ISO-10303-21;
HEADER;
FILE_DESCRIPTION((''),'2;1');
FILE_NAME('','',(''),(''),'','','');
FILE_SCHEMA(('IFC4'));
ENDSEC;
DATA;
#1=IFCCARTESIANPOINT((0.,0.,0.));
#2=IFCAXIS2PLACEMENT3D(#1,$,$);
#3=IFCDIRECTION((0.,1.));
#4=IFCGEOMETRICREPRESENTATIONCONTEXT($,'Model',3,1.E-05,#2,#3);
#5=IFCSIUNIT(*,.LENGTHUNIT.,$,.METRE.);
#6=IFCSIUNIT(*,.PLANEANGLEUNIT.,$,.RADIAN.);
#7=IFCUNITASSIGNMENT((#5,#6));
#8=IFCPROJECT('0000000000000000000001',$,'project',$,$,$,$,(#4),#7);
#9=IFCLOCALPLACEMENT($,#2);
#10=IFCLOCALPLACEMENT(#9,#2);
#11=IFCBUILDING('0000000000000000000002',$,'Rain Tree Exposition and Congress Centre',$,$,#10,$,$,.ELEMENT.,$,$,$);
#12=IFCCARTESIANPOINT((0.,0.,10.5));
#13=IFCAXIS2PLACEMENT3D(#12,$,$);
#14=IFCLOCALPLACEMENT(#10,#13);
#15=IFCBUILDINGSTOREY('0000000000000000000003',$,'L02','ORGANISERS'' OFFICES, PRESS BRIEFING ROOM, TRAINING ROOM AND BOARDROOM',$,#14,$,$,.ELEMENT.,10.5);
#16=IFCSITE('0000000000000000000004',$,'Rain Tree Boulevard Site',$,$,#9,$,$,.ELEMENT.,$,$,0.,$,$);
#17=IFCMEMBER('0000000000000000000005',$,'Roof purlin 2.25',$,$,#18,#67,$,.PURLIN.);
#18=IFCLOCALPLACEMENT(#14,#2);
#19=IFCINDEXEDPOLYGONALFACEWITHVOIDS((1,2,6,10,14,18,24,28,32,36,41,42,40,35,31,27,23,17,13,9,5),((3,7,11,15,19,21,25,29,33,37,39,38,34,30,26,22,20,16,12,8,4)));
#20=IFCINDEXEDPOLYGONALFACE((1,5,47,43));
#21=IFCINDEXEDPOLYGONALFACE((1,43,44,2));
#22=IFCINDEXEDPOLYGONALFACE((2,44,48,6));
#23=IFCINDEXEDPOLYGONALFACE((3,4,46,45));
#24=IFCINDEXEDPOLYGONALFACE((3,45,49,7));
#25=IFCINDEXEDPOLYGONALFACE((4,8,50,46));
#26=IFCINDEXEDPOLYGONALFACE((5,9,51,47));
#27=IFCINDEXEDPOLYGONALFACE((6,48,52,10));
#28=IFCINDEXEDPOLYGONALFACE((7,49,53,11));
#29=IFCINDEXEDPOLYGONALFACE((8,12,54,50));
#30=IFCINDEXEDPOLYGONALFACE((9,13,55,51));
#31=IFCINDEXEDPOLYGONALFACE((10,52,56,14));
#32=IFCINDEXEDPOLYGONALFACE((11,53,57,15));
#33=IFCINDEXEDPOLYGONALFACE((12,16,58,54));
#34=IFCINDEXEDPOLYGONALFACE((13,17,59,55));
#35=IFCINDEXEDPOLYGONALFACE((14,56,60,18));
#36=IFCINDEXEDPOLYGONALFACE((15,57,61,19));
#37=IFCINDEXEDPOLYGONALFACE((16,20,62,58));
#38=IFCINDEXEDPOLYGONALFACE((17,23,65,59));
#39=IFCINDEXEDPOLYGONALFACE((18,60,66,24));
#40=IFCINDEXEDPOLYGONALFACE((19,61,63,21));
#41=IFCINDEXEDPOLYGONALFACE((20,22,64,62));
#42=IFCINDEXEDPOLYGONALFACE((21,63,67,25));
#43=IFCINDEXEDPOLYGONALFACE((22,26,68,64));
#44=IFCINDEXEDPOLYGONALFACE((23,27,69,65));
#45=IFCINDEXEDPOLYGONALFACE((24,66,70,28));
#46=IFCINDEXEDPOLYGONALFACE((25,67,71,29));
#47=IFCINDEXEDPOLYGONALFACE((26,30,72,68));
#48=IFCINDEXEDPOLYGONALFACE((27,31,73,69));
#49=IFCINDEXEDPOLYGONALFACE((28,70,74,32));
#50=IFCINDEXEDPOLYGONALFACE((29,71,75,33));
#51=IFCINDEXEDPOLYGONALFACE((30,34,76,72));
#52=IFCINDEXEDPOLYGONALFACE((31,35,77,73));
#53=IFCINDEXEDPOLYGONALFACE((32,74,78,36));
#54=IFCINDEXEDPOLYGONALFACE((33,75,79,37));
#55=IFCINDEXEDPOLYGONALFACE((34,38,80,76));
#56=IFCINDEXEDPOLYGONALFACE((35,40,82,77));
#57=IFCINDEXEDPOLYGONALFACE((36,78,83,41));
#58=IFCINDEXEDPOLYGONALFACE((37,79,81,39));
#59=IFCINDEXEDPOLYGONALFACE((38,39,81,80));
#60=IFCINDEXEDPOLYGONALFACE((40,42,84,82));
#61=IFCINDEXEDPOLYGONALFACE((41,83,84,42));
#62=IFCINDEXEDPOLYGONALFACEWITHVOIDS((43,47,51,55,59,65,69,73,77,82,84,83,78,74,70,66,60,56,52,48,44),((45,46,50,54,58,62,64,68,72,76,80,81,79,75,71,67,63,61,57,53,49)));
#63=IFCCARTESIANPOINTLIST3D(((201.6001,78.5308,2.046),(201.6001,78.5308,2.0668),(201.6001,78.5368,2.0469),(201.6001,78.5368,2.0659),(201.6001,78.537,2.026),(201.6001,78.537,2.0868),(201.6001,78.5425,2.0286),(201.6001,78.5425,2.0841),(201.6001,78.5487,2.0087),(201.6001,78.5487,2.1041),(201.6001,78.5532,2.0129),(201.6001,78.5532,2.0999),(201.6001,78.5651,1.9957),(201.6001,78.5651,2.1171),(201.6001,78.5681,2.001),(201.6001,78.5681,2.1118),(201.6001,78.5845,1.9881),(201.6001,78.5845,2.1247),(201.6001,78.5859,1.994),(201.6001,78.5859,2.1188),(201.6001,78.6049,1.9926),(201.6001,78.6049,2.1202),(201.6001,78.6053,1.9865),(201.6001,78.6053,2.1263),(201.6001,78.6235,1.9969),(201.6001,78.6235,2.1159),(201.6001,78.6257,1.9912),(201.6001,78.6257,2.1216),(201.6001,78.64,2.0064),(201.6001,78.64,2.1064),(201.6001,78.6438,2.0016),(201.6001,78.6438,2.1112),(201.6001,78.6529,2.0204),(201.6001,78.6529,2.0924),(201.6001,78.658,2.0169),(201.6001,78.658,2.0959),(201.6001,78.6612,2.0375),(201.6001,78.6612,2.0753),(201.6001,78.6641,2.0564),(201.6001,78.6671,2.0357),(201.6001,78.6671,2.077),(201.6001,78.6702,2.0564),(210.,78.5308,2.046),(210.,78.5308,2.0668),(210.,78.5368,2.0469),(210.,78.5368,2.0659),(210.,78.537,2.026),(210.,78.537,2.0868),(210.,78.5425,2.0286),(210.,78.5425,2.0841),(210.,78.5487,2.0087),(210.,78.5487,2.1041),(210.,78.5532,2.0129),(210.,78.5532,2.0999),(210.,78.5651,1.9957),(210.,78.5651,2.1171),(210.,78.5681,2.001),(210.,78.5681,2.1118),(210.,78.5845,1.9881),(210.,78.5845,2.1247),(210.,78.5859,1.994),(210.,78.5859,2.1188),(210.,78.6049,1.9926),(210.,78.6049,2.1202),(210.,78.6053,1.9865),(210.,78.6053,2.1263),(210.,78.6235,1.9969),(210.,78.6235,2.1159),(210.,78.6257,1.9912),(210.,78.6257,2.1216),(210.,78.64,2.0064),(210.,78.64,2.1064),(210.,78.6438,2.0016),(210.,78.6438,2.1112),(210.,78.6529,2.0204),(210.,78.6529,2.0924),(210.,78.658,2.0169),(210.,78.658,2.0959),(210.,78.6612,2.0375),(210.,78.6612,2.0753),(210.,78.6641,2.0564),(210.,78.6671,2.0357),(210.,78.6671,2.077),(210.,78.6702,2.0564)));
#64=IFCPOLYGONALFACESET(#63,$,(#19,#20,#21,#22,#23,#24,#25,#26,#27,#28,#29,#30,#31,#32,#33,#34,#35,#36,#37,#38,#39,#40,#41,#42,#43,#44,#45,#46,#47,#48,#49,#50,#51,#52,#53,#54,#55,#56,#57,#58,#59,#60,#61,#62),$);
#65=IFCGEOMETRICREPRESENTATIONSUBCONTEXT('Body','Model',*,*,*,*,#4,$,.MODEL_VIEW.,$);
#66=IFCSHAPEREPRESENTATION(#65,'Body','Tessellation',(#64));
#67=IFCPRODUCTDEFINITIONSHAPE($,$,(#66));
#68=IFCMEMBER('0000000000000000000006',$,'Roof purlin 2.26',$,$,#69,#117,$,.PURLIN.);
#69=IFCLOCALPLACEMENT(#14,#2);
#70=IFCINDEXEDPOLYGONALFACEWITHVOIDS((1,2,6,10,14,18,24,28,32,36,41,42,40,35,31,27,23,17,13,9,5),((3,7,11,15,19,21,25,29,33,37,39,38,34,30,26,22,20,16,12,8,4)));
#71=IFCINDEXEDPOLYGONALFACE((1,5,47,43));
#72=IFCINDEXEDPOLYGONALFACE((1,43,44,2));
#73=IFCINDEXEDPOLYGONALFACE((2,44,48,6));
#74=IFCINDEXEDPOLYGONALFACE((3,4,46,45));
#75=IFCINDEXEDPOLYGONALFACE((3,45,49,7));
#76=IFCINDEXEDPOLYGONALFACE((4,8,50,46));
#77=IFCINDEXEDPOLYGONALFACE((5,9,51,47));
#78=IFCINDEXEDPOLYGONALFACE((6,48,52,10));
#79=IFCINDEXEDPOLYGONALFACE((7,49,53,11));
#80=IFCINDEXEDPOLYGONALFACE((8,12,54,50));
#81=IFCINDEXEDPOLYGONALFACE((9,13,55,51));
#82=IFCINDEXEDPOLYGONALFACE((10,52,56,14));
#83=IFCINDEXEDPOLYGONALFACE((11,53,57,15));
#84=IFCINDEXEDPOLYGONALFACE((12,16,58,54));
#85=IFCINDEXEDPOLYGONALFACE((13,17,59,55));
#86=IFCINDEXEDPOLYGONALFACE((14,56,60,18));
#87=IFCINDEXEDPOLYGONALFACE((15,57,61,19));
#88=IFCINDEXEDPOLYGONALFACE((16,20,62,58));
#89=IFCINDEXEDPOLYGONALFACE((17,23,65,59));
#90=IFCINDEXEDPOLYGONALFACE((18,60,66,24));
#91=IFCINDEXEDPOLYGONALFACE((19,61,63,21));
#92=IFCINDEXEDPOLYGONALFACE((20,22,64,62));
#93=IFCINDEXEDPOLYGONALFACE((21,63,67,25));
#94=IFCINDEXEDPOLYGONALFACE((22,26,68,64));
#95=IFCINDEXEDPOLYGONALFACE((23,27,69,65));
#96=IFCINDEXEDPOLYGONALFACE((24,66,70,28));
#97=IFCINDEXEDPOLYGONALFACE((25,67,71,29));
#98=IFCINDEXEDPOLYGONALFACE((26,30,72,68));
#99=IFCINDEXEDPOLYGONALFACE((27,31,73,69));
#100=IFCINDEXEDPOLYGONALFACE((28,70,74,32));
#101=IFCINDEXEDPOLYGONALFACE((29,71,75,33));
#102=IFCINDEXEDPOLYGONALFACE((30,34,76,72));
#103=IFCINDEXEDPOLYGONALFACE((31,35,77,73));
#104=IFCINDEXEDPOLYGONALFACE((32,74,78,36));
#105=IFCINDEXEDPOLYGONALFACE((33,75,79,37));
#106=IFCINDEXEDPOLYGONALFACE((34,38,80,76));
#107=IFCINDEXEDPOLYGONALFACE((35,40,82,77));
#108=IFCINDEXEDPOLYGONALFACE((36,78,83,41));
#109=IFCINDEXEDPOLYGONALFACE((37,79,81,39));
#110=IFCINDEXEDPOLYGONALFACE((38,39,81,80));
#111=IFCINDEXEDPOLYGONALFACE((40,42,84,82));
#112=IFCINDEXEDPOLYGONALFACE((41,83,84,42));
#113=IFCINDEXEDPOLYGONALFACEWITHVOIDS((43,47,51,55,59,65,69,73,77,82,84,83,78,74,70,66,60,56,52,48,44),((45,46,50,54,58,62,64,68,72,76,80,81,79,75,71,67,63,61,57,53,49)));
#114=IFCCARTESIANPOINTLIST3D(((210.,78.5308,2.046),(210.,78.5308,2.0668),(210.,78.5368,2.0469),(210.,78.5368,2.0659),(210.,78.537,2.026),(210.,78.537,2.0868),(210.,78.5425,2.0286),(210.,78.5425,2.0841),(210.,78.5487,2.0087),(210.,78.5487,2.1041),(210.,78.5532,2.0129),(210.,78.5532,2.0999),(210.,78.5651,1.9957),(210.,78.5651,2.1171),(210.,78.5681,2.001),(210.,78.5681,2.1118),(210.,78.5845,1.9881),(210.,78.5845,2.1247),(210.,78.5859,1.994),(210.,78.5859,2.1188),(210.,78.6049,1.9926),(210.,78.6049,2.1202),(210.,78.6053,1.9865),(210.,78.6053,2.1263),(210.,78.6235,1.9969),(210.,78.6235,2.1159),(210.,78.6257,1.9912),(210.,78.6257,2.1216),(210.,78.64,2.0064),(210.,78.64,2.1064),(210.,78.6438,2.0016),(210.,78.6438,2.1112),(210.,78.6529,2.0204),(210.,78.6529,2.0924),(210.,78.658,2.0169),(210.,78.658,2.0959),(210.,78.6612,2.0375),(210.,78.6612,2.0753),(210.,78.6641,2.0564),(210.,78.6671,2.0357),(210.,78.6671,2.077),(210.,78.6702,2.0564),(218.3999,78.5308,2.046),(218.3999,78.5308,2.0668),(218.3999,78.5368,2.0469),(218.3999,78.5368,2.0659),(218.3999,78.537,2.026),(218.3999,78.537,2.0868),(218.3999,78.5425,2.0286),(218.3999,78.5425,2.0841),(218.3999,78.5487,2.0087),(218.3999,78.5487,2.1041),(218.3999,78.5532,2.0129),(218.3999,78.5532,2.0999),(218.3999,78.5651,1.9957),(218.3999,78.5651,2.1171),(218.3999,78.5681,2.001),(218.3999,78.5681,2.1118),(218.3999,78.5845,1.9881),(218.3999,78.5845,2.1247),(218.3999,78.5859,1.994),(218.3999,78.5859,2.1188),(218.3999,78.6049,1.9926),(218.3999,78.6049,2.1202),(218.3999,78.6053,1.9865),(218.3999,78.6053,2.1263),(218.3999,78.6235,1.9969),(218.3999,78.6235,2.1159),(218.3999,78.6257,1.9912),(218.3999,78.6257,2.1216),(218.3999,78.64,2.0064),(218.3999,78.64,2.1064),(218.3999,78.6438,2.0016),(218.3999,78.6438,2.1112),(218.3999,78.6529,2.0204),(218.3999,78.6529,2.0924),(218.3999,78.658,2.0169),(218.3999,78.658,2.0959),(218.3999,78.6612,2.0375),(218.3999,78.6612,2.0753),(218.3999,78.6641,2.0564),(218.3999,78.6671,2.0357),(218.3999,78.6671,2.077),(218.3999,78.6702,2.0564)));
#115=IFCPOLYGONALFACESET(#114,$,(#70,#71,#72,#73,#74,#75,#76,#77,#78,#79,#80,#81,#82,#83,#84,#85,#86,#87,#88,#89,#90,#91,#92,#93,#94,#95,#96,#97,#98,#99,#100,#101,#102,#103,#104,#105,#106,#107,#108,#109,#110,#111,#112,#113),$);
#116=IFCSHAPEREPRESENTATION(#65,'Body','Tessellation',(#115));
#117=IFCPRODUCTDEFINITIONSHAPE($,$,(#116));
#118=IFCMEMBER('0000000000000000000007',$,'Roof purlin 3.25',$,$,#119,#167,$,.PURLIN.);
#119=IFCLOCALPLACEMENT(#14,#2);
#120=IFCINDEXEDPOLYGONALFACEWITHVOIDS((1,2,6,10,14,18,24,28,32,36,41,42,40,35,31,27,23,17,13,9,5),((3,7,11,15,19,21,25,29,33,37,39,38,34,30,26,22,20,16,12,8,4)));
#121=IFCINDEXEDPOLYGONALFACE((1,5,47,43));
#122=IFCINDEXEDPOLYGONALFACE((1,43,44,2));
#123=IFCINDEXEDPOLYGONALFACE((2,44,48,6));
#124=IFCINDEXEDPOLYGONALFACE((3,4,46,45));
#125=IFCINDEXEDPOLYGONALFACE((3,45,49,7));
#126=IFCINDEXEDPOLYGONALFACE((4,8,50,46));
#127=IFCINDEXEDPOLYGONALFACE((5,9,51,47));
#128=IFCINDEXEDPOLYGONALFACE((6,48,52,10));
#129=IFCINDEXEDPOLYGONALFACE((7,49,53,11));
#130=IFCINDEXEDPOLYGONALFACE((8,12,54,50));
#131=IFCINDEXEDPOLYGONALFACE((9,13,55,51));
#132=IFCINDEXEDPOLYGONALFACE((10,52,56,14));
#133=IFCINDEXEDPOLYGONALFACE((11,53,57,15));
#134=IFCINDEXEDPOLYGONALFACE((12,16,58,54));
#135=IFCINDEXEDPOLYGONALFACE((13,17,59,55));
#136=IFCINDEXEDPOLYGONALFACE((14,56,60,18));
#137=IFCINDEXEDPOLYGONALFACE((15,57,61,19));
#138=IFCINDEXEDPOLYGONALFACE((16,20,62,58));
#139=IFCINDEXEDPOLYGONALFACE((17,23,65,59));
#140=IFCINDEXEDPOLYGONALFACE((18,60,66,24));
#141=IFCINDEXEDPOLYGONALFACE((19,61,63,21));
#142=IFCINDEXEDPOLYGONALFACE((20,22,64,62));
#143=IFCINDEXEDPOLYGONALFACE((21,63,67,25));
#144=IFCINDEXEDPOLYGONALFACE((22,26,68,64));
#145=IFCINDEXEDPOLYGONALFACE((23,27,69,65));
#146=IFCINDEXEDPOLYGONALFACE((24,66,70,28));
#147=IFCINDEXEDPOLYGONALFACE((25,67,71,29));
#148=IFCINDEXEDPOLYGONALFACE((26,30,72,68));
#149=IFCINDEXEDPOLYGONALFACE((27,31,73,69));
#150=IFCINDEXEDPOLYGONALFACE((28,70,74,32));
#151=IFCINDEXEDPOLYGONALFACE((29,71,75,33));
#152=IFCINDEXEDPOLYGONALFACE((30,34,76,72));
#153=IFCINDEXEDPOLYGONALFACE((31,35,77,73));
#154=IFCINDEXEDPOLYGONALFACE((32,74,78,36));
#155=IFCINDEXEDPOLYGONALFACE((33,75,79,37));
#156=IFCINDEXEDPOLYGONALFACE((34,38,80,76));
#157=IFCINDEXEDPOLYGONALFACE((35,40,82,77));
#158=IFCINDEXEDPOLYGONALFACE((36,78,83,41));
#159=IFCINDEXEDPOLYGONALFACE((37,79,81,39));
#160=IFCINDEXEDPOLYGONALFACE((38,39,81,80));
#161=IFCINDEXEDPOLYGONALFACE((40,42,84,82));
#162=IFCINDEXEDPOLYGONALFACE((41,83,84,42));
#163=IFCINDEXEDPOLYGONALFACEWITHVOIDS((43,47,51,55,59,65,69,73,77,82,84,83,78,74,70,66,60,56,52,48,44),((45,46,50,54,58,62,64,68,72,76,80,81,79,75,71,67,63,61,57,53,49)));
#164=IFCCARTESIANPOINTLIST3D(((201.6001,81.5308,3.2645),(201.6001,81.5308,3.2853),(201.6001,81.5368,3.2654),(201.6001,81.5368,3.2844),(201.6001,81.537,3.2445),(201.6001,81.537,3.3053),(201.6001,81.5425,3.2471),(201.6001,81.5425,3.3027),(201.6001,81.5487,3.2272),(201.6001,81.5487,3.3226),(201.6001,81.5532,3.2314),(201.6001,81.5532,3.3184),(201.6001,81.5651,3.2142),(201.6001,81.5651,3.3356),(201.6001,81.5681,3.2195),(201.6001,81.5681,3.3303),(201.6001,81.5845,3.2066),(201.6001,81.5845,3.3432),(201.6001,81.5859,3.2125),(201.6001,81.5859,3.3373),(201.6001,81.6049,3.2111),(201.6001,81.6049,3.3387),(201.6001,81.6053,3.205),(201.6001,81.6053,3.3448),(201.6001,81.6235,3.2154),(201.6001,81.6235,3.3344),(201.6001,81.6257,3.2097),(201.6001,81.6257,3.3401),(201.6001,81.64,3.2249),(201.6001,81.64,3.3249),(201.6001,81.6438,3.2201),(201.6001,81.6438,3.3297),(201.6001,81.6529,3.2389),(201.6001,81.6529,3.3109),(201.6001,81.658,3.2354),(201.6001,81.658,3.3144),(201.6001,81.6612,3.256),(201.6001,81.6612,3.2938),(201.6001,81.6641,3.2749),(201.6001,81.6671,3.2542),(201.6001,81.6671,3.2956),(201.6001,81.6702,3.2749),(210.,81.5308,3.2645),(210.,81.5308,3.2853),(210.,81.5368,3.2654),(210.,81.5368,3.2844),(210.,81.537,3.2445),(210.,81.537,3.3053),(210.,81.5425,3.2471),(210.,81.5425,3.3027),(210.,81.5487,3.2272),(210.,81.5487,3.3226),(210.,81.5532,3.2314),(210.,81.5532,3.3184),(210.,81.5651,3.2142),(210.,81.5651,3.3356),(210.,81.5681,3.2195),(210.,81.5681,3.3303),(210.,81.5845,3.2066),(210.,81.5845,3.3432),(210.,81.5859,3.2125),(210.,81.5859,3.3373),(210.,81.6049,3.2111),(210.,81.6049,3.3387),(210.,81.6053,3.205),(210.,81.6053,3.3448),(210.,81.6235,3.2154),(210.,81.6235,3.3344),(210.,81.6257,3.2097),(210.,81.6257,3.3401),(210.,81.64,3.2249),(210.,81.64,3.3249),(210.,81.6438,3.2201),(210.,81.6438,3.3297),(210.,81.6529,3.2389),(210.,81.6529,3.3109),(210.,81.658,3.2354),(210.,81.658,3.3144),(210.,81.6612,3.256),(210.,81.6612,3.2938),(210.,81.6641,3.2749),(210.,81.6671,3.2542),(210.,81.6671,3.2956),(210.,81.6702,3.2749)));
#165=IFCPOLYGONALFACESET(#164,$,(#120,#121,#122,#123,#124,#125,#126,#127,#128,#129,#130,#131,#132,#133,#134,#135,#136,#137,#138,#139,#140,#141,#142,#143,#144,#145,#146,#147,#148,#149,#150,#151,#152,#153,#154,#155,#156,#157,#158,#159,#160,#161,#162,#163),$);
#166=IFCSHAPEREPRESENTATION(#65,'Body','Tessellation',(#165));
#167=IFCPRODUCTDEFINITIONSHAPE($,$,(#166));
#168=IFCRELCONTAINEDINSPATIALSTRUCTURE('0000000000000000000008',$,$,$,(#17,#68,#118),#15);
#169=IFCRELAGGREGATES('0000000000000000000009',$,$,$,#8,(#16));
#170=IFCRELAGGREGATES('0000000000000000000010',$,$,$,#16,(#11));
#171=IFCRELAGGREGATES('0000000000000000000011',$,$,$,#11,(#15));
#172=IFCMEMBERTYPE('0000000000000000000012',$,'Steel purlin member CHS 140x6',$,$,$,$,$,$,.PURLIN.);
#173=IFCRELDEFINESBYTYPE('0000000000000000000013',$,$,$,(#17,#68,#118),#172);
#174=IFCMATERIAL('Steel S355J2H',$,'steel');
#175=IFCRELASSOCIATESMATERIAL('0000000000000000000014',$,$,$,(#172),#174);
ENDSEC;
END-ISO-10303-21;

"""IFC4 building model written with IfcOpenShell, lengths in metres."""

from ifc_helpers import new_model, si_unit, direction, frame, origin, origin_2d, place, context, subcontext, project, spatial, hollow_circle, extrude, material, material_profile, profile_set, type_object, element, save


model = new_model("IFC4")

# Units and contexts
model_context = context("Model", 3, precision=1e-05, world=origin(), true_north=direction((0.0, 1.0)))
body_context = subcontext(model_context, "Body", "Model", "MODEL_VIEW")
ifc_project = project(units=[si_unit("LENGTHUNIT", "METRE"), si_unit("PLANEANGLEUNIT", "RADIAN")], contexts=[model_context])

# Site, building, storey
site_placement = place(None, origin())
site = spatial("IfcSite", under=ifc_project, at=site_placement, Name="Rain Tree Boulevard Site", CompositionType="ELEMENT", RefElevation=0.0)
building_placement = place(site_placement, origin())
building = spatial("IfcBuilding", under=site, at=building_placement, Name="Rain Tree Exposition and Congress Centre", CompositionType="ELEMENT")
storey_placement = place(building_placement, frame((0.0, 0.0, 10.5)))
storey = spatial("IfcBuildingStorey", under=building, at=storey_placement, Name="L02", Description="ORGANISERS' OFFICES, PRESS BRIEFING ROOM, TRAINING ROOM AND BOARDROOM", CompositionType="ELEMENT", Elevation=10.5)

# Members
ifc_material_1 = material(Name="Steel S355J2H", Category="steel")
ifc_material_profile_1 = material_profile(ifc_material_1, hollow_circle(Radius=0.0701, WallThickness=0.0061, at=origin_2d()), Name="CHS 140x6")
ifc_profile_set_1 = profile_set([ifc_material_profile_1], Name="Steel S355J2H")
member_type_1 = type_object("IfcMemberType", Name="Steel purlin member CHS 140x6", PredefinedType="PURLIN", material=ifc_profile_set_1)
for number, where, z_axis, x_axis, name in (
    (1, (201.6001, 78.6001, 2.0564), (1.0, 0.0, 0.0), (0.0, 1.0, 0.0), "Roof purlin 2.25"),
    (2, (210.0, 78.6001, 2.0564), (1.0, 0.0, 0.0), (0.0, 1.0, 0.0), "Roof purlin 2.26"),
    (3, (201.6001, 81.6001, 3.2749), (1.0, 0.0, 0.0), (0.0, 1.0, 0.0), "Roof purlin 3.25"),
):
    element("IfcMember", number, at=place(storey_placement, frame(where, z_axis=z_axis, x_axis=x_axis)), inside=storey, type_object=member_type_1, Name=name, PredefinedType="PURLIN", context=body_context, shape_type="SweptSolid", body=[
        extrude(hollow_circle(Radius=0.0701, WallThickness=0.0061, at=origin_2d()), origin(), (0.0, 0.0, 1.0), 8.3999),
    ])

save(model, "model.ifc")
